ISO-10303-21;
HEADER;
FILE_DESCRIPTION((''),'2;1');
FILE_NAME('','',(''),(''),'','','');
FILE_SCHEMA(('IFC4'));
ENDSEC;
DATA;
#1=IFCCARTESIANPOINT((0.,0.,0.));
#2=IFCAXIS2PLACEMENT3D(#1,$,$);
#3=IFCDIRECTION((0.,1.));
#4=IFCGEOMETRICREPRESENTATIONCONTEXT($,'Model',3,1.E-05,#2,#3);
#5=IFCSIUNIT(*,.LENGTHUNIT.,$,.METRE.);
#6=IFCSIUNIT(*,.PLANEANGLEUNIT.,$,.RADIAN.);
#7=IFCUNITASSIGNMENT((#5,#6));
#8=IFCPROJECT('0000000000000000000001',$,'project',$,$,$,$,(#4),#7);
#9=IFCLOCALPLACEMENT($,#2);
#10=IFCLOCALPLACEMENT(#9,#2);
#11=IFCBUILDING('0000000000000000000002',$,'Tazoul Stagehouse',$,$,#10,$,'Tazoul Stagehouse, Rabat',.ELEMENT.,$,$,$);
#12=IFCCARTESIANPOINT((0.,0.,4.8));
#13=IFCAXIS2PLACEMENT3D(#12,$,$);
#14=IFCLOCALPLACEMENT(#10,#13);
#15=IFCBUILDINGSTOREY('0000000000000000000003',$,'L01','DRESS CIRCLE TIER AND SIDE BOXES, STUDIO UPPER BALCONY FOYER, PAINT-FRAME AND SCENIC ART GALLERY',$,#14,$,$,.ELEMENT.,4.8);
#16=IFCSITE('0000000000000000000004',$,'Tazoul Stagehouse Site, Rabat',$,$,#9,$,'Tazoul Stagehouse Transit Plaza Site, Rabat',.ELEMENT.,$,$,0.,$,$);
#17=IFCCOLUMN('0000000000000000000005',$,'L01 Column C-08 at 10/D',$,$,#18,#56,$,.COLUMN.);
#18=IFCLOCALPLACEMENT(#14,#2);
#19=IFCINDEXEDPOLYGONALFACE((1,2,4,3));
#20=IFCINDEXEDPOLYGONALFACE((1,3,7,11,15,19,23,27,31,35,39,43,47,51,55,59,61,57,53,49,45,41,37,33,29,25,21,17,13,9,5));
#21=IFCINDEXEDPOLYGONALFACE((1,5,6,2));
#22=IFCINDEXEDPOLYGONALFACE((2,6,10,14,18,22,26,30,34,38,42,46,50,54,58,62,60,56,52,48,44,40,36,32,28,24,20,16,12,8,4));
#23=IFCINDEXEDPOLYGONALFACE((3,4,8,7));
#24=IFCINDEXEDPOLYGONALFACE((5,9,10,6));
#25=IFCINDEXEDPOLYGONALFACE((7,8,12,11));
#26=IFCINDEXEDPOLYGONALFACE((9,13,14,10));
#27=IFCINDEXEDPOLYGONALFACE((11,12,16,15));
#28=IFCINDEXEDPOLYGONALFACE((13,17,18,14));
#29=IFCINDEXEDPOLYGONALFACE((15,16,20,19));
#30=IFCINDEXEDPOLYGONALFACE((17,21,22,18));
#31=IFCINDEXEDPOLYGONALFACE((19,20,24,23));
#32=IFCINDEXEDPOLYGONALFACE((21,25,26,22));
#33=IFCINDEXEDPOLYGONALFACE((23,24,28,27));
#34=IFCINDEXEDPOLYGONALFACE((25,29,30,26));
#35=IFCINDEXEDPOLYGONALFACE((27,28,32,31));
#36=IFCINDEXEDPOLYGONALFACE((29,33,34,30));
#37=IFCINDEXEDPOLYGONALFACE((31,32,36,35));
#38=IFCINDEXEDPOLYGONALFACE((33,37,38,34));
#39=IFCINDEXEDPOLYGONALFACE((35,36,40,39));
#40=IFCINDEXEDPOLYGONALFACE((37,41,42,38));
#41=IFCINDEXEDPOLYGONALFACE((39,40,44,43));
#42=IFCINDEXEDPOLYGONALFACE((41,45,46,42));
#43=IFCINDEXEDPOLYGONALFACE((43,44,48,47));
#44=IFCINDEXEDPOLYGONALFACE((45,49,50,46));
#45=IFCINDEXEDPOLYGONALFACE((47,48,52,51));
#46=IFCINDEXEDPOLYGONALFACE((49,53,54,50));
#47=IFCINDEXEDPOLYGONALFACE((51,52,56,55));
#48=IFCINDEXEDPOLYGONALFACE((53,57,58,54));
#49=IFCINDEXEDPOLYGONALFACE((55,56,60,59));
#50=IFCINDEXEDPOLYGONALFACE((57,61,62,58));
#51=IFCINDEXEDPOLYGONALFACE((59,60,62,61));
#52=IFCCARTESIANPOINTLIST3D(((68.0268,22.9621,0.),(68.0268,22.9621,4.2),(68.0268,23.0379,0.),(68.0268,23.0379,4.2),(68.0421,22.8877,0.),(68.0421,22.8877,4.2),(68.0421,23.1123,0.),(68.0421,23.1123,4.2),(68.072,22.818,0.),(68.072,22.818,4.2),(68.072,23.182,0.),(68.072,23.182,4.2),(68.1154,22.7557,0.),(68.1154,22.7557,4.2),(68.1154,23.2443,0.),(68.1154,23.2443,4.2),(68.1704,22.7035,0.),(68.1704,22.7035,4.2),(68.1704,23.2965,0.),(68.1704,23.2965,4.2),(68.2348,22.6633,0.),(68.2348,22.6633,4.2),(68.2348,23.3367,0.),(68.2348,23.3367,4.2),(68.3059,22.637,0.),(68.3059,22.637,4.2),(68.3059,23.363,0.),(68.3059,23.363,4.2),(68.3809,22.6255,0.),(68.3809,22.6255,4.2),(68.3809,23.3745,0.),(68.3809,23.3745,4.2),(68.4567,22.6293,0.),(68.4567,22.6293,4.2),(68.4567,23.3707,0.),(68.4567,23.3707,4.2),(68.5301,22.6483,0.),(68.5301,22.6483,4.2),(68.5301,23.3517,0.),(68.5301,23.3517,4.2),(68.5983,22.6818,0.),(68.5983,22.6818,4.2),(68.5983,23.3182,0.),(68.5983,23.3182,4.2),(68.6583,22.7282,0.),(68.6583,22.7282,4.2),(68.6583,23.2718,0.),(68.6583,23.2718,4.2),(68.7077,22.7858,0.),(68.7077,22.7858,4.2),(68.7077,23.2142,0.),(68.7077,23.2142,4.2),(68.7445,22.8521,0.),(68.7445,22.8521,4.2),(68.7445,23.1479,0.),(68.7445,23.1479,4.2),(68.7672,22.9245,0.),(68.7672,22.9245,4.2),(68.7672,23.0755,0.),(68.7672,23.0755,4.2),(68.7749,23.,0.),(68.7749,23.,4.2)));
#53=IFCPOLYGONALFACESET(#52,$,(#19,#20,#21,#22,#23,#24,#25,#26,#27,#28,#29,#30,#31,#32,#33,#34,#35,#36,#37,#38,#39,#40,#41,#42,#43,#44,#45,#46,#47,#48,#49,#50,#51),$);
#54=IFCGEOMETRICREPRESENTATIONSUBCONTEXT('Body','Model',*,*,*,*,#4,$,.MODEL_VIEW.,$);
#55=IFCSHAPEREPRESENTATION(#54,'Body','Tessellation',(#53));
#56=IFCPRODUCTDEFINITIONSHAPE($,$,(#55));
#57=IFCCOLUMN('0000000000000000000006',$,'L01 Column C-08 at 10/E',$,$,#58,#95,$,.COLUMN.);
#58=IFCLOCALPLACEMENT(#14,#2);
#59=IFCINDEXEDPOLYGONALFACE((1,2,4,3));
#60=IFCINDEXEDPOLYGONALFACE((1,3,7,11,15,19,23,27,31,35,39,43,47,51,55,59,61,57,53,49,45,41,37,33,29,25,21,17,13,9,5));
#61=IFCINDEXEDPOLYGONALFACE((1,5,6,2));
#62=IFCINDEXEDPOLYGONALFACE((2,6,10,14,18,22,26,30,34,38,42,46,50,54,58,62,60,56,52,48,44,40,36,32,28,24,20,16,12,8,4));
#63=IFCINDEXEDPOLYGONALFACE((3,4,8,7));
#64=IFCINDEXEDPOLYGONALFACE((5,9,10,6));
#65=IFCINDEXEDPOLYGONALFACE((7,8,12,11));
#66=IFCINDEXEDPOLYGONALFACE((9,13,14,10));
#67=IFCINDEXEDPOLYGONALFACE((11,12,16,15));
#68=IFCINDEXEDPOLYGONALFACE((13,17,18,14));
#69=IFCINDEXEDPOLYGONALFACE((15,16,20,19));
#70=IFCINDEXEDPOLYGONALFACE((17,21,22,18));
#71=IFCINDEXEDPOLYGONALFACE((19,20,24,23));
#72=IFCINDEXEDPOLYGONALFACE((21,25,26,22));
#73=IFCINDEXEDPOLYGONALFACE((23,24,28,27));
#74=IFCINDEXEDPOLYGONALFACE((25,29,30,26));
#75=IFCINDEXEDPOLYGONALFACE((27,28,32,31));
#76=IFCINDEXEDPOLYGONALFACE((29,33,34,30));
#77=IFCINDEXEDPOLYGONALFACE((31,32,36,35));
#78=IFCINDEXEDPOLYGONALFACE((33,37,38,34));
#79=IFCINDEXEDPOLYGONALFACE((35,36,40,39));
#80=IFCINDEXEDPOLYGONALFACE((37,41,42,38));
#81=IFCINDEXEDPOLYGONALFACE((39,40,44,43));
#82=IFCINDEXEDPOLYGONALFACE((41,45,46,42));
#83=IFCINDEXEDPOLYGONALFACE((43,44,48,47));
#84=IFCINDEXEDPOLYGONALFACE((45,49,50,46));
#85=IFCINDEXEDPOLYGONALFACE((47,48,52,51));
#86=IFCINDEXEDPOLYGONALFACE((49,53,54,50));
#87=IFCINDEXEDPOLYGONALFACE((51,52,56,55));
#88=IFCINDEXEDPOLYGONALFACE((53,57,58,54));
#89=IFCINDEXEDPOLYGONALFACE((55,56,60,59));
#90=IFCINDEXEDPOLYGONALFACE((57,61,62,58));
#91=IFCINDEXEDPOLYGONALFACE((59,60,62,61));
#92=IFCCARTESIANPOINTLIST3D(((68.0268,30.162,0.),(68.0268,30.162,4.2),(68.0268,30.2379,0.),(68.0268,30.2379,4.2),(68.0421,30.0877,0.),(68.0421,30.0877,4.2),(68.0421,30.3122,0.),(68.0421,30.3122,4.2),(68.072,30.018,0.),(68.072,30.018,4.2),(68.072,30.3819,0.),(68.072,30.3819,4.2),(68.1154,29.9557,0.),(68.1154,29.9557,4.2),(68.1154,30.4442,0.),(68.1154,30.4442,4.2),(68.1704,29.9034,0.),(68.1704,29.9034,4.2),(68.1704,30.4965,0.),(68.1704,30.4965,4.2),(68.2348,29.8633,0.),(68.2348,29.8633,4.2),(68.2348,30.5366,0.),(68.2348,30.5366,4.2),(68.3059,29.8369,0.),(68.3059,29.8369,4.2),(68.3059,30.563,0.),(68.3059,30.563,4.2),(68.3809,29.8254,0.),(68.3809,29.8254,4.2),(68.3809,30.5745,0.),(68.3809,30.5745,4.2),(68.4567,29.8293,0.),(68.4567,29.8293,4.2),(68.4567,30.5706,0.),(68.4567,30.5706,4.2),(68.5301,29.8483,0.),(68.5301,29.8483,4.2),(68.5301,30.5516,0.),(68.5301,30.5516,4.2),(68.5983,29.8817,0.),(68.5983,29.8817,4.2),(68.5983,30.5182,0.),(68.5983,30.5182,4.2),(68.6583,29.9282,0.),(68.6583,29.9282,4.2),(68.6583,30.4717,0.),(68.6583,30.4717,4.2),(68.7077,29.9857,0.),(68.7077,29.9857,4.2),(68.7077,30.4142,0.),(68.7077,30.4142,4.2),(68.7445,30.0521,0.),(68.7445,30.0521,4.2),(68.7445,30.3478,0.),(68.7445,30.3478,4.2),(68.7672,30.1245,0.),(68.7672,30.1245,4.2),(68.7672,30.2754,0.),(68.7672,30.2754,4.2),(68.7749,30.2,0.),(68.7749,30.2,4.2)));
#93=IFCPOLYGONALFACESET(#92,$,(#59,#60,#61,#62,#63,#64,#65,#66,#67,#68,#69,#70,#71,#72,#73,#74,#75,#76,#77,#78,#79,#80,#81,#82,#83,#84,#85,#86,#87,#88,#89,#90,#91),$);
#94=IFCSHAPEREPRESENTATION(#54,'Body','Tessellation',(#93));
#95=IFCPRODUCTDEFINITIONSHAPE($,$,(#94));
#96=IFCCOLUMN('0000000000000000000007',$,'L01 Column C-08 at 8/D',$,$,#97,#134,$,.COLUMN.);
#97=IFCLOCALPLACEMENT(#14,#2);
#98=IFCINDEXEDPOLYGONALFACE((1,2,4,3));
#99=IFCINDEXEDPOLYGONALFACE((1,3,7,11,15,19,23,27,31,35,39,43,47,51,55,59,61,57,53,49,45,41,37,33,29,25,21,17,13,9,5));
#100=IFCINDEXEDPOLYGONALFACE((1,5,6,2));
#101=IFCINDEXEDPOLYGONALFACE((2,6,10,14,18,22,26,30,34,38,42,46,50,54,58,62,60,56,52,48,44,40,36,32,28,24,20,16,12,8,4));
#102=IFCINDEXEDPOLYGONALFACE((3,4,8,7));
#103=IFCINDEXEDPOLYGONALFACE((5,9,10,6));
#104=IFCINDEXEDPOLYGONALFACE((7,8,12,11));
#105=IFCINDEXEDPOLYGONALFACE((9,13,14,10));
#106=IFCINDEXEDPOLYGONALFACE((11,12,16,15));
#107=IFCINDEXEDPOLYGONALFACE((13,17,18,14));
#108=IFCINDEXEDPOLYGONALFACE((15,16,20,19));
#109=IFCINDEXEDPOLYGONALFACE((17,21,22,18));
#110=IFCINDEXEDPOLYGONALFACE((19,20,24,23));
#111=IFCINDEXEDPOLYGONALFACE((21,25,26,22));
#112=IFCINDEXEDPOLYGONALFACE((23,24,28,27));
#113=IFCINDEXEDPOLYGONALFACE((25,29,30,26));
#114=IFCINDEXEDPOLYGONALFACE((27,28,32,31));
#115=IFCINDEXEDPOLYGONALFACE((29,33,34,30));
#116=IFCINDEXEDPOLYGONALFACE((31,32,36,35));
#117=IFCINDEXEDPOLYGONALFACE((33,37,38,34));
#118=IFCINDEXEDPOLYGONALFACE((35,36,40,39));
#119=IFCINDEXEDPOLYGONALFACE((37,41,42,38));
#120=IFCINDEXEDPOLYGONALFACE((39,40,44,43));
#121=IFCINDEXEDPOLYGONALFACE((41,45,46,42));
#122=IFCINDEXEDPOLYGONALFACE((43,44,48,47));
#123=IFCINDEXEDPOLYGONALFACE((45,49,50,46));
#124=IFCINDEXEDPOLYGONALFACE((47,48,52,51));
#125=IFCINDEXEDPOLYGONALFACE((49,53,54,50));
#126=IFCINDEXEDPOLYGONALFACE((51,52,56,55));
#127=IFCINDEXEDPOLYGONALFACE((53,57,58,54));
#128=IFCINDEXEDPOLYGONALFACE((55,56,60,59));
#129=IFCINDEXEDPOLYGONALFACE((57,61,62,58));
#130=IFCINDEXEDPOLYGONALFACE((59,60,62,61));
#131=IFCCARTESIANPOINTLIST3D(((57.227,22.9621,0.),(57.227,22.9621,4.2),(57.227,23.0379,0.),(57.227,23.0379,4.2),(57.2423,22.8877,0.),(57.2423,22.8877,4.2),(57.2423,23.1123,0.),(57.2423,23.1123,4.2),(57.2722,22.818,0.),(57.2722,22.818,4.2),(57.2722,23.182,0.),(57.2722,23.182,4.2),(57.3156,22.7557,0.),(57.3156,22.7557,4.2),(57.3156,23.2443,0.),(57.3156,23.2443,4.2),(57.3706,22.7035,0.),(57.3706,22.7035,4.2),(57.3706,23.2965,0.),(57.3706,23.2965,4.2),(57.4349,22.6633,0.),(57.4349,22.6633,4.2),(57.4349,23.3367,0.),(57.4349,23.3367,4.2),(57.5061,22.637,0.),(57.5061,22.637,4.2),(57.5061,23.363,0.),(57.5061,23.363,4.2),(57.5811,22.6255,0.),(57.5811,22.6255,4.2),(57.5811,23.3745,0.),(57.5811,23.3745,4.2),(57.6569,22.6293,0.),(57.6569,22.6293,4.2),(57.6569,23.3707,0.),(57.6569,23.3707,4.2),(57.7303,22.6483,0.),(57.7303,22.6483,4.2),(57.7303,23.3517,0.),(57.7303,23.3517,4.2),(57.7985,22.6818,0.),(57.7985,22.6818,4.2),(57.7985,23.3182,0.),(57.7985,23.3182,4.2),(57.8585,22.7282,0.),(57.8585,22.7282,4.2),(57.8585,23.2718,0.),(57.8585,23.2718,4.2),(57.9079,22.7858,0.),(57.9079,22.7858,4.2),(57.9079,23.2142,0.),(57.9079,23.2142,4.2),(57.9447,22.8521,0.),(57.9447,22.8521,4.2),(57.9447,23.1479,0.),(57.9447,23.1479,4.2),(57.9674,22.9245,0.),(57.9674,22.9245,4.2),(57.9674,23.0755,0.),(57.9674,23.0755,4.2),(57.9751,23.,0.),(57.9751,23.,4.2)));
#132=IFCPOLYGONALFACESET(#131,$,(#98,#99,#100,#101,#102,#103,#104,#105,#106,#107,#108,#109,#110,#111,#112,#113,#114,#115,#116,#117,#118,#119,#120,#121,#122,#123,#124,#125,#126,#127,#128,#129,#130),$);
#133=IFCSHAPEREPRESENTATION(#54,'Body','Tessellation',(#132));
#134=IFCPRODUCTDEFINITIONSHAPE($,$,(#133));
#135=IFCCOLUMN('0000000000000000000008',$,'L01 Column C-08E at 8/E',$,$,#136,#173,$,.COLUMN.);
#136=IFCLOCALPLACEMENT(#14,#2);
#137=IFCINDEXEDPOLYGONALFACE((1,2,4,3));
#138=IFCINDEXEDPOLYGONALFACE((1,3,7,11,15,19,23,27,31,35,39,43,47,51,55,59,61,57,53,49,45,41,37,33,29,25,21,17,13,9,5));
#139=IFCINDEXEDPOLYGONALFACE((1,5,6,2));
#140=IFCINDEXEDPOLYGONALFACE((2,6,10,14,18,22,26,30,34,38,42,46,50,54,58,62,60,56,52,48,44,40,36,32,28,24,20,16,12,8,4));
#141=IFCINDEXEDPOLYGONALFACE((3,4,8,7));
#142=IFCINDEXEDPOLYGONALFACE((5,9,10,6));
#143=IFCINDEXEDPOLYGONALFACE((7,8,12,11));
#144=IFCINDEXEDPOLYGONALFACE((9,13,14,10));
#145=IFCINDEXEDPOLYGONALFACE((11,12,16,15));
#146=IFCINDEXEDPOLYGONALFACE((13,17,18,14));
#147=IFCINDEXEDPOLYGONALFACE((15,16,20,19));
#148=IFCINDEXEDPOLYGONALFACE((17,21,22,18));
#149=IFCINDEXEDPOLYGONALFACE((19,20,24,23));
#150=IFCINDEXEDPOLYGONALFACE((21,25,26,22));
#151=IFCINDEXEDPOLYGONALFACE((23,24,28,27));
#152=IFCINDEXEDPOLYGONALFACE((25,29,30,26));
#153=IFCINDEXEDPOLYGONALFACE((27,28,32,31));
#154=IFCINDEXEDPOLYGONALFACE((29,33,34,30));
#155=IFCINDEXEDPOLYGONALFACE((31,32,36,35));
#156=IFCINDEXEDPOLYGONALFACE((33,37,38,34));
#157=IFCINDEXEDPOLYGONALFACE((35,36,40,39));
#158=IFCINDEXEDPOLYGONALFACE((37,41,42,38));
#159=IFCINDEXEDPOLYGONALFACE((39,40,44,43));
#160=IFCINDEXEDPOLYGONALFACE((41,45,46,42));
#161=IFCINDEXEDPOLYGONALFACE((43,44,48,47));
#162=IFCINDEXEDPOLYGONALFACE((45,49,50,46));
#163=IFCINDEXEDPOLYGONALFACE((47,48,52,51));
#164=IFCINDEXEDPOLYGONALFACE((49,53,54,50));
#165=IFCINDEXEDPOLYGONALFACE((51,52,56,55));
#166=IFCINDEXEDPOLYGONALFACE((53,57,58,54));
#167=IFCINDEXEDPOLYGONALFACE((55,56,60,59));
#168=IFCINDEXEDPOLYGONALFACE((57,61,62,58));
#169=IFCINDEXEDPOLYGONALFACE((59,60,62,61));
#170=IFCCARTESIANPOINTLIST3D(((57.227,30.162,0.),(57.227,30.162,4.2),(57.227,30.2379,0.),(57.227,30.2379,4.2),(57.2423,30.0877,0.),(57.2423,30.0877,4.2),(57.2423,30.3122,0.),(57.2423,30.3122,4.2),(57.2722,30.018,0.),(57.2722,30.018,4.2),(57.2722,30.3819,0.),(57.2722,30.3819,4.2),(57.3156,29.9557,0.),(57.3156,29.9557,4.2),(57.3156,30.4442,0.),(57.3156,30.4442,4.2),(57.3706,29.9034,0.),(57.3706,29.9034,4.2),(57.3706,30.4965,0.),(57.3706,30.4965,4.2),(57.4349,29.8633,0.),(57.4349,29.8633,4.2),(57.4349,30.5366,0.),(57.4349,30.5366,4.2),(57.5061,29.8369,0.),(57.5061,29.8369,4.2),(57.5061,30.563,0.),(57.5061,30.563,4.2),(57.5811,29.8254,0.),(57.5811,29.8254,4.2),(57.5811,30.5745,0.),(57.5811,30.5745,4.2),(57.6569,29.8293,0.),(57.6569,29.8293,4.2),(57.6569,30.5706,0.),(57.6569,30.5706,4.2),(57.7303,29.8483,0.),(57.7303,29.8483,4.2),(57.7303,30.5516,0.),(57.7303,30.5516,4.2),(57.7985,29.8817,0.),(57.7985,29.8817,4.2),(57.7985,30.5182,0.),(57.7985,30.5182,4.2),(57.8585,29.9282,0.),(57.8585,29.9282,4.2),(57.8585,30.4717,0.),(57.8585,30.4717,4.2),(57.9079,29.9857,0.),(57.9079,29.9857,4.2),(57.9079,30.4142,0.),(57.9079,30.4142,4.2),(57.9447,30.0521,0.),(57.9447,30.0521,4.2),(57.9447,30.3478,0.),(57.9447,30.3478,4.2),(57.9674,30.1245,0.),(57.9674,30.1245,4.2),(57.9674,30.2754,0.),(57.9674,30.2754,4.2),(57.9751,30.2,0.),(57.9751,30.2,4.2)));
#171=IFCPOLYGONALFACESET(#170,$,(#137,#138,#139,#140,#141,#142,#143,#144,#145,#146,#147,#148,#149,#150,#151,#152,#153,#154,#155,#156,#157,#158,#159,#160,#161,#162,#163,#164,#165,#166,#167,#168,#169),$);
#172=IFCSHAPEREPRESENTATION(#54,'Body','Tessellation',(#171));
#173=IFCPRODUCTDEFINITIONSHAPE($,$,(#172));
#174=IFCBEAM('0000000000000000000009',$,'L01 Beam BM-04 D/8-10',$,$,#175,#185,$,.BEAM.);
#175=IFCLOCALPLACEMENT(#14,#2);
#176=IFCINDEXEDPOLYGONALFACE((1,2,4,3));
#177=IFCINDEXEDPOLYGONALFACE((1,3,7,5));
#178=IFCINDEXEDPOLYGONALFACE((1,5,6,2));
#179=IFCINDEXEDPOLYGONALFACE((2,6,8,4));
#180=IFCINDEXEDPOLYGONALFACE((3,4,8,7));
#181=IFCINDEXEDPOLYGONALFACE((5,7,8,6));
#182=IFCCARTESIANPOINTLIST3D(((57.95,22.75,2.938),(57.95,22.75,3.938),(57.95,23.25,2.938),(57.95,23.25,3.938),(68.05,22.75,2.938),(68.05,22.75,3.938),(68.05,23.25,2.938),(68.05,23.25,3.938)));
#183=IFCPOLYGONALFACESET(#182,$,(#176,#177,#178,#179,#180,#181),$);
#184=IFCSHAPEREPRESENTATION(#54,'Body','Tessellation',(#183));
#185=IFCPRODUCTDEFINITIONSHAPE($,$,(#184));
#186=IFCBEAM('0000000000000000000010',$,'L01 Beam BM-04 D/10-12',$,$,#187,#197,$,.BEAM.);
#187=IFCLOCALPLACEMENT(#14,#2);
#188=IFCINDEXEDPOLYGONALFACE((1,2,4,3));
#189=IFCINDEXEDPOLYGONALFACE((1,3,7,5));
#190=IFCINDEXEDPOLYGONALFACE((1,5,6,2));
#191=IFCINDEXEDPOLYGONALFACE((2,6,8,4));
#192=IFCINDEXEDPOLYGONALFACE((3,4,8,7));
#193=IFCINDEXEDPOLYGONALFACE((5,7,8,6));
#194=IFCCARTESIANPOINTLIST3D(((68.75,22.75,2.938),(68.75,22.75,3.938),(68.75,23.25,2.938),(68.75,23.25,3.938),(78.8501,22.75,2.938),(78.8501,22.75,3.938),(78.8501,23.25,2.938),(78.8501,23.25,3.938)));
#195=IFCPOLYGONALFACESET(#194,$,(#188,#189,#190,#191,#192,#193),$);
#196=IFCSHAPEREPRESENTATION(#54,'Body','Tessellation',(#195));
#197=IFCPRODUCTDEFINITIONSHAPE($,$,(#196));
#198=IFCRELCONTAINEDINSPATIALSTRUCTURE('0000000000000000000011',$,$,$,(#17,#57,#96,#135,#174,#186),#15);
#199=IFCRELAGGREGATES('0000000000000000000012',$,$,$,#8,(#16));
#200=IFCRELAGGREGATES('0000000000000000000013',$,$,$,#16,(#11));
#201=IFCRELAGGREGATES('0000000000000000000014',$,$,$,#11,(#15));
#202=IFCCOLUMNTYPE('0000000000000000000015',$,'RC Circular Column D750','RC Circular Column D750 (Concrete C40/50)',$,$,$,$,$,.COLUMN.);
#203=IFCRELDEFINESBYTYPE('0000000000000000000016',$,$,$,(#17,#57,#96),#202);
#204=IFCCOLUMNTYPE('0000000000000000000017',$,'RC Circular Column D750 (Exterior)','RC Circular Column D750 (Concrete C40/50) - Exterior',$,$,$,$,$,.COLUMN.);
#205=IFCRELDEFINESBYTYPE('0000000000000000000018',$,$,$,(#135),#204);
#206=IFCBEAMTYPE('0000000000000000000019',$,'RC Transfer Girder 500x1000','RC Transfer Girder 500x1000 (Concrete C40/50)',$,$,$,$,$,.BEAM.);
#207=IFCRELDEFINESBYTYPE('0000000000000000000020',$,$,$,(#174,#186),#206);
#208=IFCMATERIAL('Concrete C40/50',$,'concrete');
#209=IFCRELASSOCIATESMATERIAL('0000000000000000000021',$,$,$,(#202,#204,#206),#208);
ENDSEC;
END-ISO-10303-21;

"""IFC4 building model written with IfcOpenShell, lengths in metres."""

from ifc_helpers import new_model, si_unit, direction, frame, origin, origin_2d, place, context, subcontext, project, spatial, rectangle, circle, extrude, material, material_profile, profile_set, type_object, element, save


model = new_model("IFC4")

# Units and contexts
model_context = context("Model", 3, precision=1e-05, world=origin(), true_north=direction((0.0, 1.0)))
body_context = subcontext(model_context, "Body", "Model", "MODEL_VIEW")
ifc_project = project(units=[si_unit("LENGTHUNIT", "METRE"), si_unit("PLANEANGLEUNIT", "RADIAN")], contexts=[model_context])

# Site, building, storey
site_placement = place(None, origin())
site = spatial("IfcSite", under=ifc_project, at=site_placement, Name="Tazoul Stagehouse Site, Rabat", LongName="Tazoul Stagehouse Transit Plaza Site, Rabat", CompositionType="ELEMENT", RefElevation=0.0)
building_placement = place(site_placement, origin())
building = spatial("IfcBuilding", under=site, at=building_placement, Name="Tazoul Stagehouse", LongName="Tazoul Stagehouse, Rabat", CompositionType="ELEMENT")
storey_placement = place(building_placement, frame((0.0, 0.0, 4.8)))
storey = spatial("IfcBuildingStorey", under=building, at=storey_placement, Name="L01", Description="DRESS CIRCLE TIER AND SIDE BOXES, STUDIO UPPER BALCONY FOYER, PAINT-FRAME AND SCENIC ART GALLERY", CompositionType="ELEMENT", Elevation=4.8)

# Columns
ifc_material_1 = material(Name="Concrete C40/50", Category="concrete")
ifc_material_profile_1 = material_profile(ifc_material_1, circle(Radius=0.375, at=origin_2d()), Name="RC D750")
ifc_profile_set_1 = profile_set([ifc_material_profile_1], Name="Concrete C40/50")
column_type_1 = type_object("IfcColumnType", Name="RC Circular Column D750", Description="RC Circular Column D750 (Concrete C40/50)", PredefinedType="COLUMN", material=ifc_profile_set_1)
for number, where, z_axis, x_axis, name in (
    (1, (68.3999, 23.0, 0.0), (0.0, 0.0, 1.0), (1.0, 0.0, 0.0), "L01 Column C-08 at 10/D"),
    (2, (68.3999, 30.2, 0.0), (0.0, 0.0, 1.0), (1.0, 0.0, 0.0), "L01 Column C-08 at 10/E"),
    (3, (57.6001, 23.0, 0.0), (0.0, 0.0, 1.0), (1.0, 0.0, 0.0), "L01 Column C-08 at 8/D"),
):
    element("IfcColumn", number, at=place(storey_placement, frame(where, z_axis=z_axis, x_axis=x_axis)), inside=storey, type_object=column_type_1, Name=name, PredefinedType="COLUMN", context=body_context, shape_type="SweptSolid", body=[
        extrude(circle(Radius=0.375, at=origin_2d()), origin(), (0.0, 0.0, 1.0), 4.2),
    ])
ifc_material_profile_2 = material_profile(ifc_material_1, circle(Radius=0.375, at=origin_2d()), Name="RC D750")
ifc_profile_set_2 = profile_set([ifc_material_profile_2], Name="Concrete C40/50")
column_type_2 = type_object("IfcColumnType", Name="RC Circular Column D750 (Exterior)", Description="RC Circular Column D750 (Concrete C40/50) - Exterior", PredefinedType="COLUMN", material=ifc_profile_set_2)
column_placement = place(storey_placement, frame((57.6001, 30.2, 0.0), z_axis=(0.0, 0.0, 1.0), x_axis=(1.0, 0.0, 0.0)))
element("IfcColumn", 4, at=column_placement, inside=storey, type_object=column_type_2, Name="L01 Column C-08E at 8/E", PredefinedType="COLUMN", context=body_context, shape_type="SweptSolid", body=[
    extrude(circle(Radius=0.375, at=origin_2d()), origin(), (0.0, 0.0, 1.0), 4.2),
])

# Beams
ifc_material_profile_3 = material_profile(ifc_material_1, rectangle(XDim=0.5, YDim=1.0, at=origin_2d()), Name="RC 500x1000")
ifc_profile_set_3 = profile_set([ifc_material_profile_3], Name="Concrete C40/50")
beam_type_1 = type_object("IfcBeamType", Name="RC Transfer Girder 500x1000", Description="RC Transfer Girder 500x1000 (Concrete C40/50)", PredefinedType="BEAM", material=ifc_profile_set_3)
for number, where, z_axis, x_axis, name in (
    (5, (57.95, 23.0, 3.438), (1.0, 0.0, 0.0), (0.0, 1.0, 0.0), "L01 Beam BM-04 D/8-10"),
    (6, (68.75, 23.0, 3.438), (1.0, 0.0, 0.0), (0.0, 1.0, 0.0), "L01 Beam BM-04 D/10-12"),
):
    element("IfcBeam", number, at=place(storey_placement, frame(where, z_axis=z_axis, x_axis=x_axis)), inside=storey, type_object=beam_type_1, Name=name, PredefinedType="BEAM", context=body_context, shape_type="SweptSolid", body=[
        extrude(rectangle(XDim=0.5, YDim=1.0, at=origin_2d()), origin(), (0.0, 0.0, 1.0), 10.1001),
    ])

save(model, "model.ifc")
